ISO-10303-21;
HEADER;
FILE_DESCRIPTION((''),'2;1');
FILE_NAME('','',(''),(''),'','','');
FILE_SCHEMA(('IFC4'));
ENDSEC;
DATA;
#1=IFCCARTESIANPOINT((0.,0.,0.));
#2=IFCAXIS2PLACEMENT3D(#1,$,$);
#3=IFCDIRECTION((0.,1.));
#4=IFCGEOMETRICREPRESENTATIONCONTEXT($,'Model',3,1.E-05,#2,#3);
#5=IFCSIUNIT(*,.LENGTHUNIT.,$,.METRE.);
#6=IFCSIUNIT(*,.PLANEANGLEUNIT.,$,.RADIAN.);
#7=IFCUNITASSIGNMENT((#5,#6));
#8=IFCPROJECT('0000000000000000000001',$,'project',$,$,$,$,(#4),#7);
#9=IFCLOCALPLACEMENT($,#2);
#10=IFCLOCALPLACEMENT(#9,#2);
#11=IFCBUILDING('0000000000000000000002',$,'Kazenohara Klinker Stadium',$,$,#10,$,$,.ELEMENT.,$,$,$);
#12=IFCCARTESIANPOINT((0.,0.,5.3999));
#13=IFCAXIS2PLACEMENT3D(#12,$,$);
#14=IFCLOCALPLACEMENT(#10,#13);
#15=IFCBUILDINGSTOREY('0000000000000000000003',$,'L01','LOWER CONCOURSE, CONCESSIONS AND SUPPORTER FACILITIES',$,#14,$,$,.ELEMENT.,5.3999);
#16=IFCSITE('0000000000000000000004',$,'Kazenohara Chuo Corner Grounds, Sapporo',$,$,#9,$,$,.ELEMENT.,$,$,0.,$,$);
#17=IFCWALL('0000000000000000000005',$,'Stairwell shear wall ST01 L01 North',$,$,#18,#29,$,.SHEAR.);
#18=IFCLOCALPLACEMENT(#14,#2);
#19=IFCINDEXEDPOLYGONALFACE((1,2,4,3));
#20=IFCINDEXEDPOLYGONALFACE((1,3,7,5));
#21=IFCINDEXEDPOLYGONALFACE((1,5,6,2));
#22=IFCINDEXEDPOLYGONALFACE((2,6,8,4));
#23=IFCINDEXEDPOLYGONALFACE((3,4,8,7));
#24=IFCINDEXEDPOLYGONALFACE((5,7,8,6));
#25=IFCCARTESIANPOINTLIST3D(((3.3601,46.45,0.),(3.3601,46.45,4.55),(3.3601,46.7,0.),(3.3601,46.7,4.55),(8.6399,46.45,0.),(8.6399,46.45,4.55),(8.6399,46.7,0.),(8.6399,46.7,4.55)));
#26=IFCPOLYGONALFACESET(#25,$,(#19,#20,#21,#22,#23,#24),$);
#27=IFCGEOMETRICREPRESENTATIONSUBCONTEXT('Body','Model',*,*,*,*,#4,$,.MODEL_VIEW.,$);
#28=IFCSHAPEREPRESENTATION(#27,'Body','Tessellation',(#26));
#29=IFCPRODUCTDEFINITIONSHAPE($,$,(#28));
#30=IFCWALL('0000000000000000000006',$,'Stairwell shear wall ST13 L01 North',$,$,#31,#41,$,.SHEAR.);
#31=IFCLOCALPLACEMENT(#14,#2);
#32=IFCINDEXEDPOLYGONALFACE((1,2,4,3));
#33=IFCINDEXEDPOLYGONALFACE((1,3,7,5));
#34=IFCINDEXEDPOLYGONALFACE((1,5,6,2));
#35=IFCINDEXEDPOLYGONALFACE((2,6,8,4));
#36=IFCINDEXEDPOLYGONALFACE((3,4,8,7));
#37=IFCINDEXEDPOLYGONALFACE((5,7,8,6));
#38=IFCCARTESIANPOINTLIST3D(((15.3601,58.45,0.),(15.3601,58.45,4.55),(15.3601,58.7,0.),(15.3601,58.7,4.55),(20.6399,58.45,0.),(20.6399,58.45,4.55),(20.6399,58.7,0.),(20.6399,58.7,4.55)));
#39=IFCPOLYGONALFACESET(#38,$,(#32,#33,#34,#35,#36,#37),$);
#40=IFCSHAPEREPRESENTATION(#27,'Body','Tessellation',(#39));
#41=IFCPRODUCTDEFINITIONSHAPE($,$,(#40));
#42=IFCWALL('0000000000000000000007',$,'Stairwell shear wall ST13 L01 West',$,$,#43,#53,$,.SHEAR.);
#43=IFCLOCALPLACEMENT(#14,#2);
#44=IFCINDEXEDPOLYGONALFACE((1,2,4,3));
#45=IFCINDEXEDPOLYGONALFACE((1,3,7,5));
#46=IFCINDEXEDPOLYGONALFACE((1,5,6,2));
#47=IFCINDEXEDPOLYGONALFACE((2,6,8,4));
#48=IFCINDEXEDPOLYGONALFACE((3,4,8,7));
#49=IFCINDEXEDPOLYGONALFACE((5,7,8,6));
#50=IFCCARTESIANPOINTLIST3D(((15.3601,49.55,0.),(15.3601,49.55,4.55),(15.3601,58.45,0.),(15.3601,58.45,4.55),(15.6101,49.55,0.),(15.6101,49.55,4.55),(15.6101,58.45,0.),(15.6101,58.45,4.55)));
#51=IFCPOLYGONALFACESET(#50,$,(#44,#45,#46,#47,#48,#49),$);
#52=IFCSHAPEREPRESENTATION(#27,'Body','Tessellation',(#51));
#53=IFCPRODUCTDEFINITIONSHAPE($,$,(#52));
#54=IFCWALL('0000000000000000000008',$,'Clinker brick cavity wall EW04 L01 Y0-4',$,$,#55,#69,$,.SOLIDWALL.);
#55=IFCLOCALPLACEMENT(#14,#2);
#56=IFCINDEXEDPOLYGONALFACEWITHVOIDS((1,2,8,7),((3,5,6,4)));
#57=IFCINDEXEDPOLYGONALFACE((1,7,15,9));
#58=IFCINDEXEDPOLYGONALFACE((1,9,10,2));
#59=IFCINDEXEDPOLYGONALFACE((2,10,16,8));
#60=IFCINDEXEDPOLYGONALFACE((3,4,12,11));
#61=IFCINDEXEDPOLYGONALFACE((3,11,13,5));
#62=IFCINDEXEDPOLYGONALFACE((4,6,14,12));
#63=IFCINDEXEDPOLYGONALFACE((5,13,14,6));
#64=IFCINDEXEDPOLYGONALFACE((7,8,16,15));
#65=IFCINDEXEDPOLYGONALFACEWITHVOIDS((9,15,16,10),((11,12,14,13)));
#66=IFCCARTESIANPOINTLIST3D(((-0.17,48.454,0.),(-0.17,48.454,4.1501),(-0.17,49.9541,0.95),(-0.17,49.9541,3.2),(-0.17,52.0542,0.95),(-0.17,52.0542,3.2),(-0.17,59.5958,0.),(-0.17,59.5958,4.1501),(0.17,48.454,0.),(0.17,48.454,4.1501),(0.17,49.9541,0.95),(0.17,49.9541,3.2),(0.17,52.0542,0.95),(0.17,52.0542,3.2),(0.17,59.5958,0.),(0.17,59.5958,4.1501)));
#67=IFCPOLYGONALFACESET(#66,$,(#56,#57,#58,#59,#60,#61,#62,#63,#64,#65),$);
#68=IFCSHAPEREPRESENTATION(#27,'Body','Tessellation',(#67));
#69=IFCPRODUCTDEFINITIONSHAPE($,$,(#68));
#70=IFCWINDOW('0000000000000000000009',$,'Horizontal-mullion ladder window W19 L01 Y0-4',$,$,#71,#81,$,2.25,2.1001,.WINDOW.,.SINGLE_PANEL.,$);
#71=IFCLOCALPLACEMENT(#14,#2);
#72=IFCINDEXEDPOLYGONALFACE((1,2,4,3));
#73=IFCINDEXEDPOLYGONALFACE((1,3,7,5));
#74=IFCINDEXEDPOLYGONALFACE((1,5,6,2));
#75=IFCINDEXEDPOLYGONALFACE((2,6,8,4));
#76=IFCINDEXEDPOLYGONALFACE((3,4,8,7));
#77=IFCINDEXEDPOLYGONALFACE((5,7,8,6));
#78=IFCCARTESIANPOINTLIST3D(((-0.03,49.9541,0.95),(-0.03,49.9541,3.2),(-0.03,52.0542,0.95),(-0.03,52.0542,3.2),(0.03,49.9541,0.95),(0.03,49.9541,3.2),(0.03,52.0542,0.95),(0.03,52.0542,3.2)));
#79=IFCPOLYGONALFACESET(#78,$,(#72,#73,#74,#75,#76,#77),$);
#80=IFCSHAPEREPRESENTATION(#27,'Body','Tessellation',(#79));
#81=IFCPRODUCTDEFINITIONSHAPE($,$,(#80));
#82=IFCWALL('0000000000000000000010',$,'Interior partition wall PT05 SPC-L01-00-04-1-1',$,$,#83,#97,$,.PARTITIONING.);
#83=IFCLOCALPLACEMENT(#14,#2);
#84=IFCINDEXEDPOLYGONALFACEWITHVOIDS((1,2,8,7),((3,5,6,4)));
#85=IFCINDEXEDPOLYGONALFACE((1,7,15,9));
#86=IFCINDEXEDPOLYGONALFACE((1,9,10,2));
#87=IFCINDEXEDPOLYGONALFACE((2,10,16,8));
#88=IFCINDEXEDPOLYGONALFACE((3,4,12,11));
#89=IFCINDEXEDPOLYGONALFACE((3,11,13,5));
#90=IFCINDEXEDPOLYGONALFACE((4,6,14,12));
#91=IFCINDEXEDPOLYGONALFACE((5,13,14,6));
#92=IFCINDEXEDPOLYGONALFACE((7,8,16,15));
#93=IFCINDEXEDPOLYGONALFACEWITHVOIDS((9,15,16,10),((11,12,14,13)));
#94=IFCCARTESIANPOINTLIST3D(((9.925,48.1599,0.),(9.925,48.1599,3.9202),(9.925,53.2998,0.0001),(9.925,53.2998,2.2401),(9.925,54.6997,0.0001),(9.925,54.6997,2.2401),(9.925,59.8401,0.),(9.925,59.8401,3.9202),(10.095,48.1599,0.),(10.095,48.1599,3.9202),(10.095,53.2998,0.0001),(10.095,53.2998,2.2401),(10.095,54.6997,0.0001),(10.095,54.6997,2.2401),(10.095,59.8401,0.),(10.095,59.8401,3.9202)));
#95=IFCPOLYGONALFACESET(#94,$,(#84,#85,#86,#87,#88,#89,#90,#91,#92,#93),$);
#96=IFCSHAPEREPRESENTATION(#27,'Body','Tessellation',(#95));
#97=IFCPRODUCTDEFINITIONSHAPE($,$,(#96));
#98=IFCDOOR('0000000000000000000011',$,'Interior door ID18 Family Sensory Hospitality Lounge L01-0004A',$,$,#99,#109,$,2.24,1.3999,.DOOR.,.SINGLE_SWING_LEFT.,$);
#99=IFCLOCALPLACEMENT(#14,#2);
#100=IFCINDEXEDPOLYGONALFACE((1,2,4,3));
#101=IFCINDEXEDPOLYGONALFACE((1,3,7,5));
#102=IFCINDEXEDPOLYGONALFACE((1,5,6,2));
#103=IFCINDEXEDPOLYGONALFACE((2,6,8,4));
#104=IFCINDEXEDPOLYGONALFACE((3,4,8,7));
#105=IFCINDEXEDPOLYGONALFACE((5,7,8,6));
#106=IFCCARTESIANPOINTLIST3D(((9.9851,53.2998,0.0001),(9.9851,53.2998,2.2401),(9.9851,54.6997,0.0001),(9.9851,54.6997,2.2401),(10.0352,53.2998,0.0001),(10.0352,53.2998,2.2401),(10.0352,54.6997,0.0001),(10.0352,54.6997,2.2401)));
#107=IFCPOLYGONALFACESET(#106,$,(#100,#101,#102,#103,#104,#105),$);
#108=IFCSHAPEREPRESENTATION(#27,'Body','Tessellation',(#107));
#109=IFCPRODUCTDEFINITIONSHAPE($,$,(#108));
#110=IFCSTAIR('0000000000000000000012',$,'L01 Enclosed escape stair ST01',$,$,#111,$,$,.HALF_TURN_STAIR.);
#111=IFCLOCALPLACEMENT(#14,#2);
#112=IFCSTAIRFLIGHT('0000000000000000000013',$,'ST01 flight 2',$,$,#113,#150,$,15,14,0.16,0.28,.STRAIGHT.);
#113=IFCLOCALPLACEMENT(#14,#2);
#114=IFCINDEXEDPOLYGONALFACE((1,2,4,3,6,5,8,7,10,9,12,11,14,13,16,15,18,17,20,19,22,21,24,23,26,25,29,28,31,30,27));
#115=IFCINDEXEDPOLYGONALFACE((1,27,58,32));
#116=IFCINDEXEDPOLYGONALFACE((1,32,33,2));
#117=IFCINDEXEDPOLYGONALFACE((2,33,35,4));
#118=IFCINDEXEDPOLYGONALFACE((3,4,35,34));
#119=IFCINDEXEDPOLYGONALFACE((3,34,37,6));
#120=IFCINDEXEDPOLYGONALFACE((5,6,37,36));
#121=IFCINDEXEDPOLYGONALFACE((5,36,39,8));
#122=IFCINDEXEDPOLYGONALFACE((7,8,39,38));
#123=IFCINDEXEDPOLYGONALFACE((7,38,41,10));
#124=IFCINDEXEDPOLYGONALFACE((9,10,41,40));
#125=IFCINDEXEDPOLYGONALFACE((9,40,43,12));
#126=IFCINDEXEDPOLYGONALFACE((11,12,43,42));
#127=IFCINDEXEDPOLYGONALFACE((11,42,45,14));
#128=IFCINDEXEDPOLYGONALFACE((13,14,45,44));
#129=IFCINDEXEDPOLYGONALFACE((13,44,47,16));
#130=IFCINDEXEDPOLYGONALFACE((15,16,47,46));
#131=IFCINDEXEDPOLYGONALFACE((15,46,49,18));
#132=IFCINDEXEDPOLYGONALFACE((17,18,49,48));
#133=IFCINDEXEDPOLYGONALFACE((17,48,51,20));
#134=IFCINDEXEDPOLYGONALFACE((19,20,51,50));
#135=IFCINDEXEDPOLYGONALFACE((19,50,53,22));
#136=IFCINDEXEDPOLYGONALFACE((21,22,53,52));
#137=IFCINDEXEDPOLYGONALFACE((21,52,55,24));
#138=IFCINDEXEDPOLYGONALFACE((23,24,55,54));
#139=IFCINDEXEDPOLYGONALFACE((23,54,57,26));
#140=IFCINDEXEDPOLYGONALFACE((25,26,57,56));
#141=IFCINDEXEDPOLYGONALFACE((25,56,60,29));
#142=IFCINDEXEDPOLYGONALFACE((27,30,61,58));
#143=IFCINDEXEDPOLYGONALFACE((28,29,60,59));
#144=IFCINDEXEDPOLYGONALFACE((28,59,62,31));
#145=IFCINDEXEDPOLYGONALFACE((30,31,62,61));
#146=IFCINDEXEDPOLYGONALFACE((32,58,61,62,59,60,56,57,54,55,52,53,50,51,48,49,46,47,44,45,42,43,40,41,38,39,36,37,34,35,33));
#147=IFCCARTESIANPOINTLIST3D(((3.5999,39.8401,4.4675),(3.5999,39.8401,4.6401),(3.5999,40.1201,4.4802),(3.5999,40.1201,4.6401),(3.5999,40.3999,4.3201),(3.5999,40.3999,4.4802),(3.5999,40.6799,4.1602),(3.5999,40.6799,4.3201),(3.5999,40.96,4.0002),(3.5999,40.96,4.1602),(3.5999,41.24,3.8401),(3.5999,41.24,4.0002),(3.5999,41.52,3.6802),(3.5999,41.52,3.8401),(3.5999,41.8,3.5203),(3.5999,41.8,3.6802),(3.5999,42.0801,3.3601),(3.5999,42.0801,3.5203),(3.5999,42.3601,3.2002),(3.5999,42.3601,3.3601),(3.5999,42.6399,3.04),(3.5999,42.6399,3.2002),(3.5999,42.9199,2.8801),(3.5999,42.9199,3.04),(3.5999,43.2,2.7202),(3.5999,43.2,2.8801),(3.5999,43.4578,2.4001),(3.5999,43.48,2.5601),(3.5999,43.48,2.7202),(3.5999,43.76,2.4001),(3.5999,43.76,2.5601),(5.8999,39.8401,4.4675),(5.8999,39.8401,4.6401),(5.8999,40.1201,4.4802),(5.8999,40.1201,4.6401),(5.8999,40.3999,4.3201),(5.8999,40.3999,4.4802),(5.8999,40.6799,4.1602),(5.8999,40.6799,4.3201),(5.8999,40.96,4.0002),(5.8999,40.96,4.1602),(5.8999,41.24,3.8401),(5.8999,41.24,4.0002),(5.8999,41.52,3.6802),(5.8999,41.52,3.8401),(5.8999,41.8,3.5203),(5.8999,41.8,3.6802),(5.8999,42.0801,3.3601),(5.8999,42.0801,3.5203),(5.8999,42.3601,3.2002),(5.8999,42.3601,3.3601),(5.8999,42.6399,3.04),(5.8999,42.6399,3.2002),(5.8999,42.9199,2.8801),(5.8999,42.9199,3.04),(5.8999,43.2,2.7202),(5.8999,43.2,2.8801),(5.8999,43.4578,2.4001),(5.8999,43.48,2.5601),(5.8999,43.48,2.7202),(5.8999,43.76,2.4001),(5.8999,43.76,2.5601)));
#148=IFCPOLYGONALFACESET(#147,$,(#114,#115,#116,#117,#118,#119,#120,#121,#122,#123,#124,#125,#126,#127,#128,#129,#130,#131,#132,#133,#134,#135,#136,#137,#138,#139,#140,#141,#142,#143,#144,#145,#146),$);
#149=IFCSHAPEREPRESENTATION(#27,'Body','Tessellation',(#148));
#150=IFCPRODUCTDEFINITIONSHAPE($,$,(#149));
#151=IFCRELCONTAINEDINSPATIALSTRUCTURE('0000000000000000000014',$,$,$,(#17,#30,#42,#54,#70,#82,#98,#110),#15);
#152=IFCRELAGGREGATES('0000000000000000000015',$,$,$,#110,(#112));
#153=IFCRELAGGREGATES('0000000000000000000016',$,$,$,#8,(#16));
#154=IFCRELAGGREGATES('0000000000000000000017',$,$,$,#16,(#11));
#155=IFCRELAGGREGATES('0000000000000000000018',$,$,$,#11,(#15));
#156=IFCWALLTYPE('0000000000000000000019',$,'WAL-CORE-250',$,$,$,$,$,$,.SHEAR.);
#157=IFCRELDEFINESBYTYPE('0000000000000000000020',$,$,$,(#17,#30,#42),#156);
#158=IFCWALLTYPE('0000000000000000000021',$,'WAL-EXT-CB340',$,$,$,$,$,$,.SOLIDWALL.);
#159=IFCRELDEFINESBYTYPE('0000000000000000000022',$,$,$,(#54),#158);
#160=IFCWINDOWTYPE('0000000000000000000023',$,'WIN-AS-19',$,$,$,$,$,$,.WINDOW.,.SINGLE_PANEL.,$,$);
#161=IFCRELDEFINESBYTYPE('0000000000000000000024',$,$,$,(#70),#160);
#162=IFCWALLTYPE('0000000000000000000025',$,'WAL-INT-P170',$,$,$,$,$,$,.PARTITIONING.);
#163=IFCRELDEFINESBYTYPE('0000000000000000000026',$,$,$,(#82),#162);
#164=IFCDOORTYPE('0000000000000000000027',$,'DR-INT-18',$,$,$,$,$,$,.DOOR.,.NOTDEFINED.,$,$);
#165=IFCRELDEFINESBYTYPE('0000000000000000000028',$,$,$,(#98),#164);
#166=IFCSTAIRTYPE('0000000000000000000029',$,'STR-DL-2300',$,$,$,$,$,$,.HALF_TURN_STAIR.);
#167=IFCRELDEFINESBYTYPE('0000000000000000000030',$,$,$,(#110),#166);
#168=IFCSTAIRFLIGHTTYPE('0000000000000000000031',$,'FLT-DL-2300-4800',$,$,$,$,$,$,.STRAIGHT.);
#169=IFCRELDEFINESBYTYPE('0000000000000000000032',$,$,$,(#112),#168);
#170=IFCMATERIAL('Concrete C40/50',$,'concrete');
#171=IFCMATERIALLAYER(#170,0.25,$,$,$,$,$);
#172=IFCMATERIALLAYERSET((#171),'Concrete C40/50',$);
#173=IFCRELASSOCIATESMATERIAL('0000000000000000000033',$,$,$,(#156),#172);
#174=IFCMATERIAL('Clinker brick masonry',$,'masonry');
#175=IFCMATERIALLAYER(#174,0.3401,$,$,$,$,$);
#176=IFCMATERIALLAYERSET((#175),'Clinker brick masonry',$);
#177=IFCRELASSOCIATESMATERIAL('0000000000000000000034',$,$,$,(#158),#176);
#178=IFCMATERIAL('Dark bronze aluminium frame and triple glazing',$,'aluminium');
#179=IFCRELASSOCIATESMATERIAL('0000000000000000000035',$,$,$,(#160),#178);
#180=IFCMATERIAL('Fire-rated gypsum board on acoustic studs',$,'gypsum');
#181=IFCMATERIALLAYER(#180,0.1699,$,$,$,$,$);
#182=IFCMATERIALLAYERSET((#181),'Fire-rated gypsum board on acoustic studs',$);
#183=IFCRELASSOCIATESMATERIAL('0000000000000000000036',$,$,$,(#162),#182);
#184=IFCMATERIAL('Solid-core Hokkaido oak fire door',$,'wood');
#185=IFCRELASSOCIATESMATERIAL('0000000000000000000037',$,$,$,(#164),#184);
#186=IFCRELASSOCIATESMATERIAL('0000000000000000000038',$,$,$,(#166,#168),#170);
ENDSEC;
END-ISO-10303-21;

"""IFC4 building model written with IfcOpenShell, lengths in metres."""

from ifc_helpers import new_model, si_unit, direction, frame, frame_2d, origin, place, context, subcontext, project, spatial, polyline, rectangle, outline, extrude, material, layer, layer_set, type_object, element, fill, aggregate, save


model = new_model("IFC4")

# Units and contexts
model_context = context("Model", 3, precision=1e-05, world=origin(), true_north=direction((0.0, 1.0)))
body_context = subcontext(model_context, "Body", "Model", "MODEL_VIEW")
ifc_project = project(units=[si_unit("LENGTHUNIT", "METRE"), si_unit("PLANEANGLEUNIT", "RADIAN")], contexts=[model_context])

# Site, building, storey
site_placement = place(None, origin())
site = spatial("IfcSite", under=ifc_project, at=site_placement, Name="Kazenohara Chuo Corner Grounds, Sapporo", CompositionType="ELEMENT", RefElevation=0.0)
building_placement = place(site_placement, origin())
building = spatial("IfcBuilding", under=site, at=building_placement, Name="Kazenohara Klinker Stadium", CompositionType="ELEMENT")
storey_placement = place(building_placement, frame((0.0, 0.0, 5.3999)))
storey = spatial("IfcBuildingStorey", under=building, at=storey_placement, Name="L01", Description="LOWER CONCOURSE, CONCESSIONS AND SUPPORTER FACILITIES", CompositionType="ELEMENT", Elevation=5.3999)

# Shared definitions
ifc_material_1 = material(Name="Concrete C40/50", Category="concrete")

# Wall
ifc_layer_1 = layer(ifc_material_1, 0.25)
ifc_layer_set_1 = layer_set([ifc_layer_1], Name="Concrete C40/50")
wall_type_1 = type_object("IfcWallType", Name="WAL-CORE-250", PredefinedType="SHEAR", material=ifc_layer_set_1)
wall_1_placement = place(storey_placement, frame((3.3601, 46.575, 0.0), z_axis=(0.0, 0.0, 1.0), x_axis=(1.0, 0.0, 0.0)))
element("IfcWall", 1, at=wall_1_placement, inside=storey, type_object=wall_type_1, Name="Stairwell shear wall ST01 L01 North", PredefinedType="SHEAR", context=body_context, shape_type="SweptSolid", body=[
    extrude(rectangle(XDim=5.2798, YDim=0.25, at=frame_2d((2.6399, 0.0))), origin(), (0.0, 0.0, 1.0), 4.55),
])

# Walls
wall_2_placement = place(storey_placement, frame((15.3601, 58.575, 0.0), z_axis=(0.0, 0.0, 1.0), x_axis=(1.0, 0.0, 0.0)))
element("IfcWall", 2, at=wall_2_placement, inside=storey, type_object=wall_type_1, Name="Stairwell shear wall ST13 L01 North", PredefinedType="SHEAR", context=body_context, shape_type="SweptSolid", body=[
    extrude(rectangle(XDim=5.2798, YDim=0.25, at=frame_2d((2.6399, 0.0))), origin(), (0.0, 0.0, 1.0), 4.55),
])
wall_3_placement = place(storey_placement, frame((15.4851, 49.55, 0.0), z_axis=(0.0, 0.0, 1.0), x_axis=(0.0, 1.0, 0.0)))
element("IfcWall", 3, at=wall_3_placement, inside=storey, type_object=wall_type_1, Name="Stairwell shear wall ST13 L01 West", PredefinedType="SHEAR", context=body_context, shape_type="SweptSolid", body=[
    extrude(rectangle(XDim=8.8999, YDim=0.25, at=frame_2d((4.45, 0.0))), origin(), (0.0, 0.0, 1.0), 4.55),
])

# Wall, opening, window
ifc_material_2 = material(Name="Clinker brick masonry", Category="masonry")
ifc_layer_2 = layer(ifc_material_2, 0.3401)
ifc_layer_set_2 = layer_set([ifc_layer_2], Name="Clinker brick masonry")
wall_type_2 = type_object("IfcWallType", Name="WAL-EXT-CB340", PredefinedType="SOLIDWALL", material=ifc_layer_set_2)
wall_4_placement = place(storey_placement, frame((0.0, 48.4541, 0.0), z_axis=(0.0, 0.0, 1.0), x_axis=(0.0, 1.0, 0.0)))
wall_4 = element("IfcWall", 4, at=wall_4_placement, inside=storey, type_object=wall_type_2, Name="Clinker brick cavity wall EW04 L01 Y0-4", PredefinedType="SOLIDWALL", context=body_context, shape_type="SweptSolid", body=[
    extrude(rectangle(XDim=11.1418, YDim=0.3401, at=frame_2d((5.5708, 0.0))), origin(), (0.0, 0.0, 1.0), 4.1501),
])
opening_1_placement = place(wall_4_placement, frame((1.5, 0.0, 0.95)))
opening_1 = element("IfcOpeningElement", 5, at=opening_1_placement, cuts=wall_4, PredefinedType="OPENING", context=body_context, shape_type="SweptSolid", body=[
    extrude(rectangle(XDim=2.1001, YDim=2.25, at=frame_2d((1.05, 1.125))), frame((0.0, 0.1802, 0.0), z_axis=(0.0, -1.0, 0.0), x_axis=(1.0, 0.0, 0.0)), (0.0, 0.0, 1.0), 0.3601),
])
ifc_material_3 = material(Name="Dark bronze aluminium frame and triple glazing", Category="aluminium")
window_type = type_object("IfcWindowType", Name="WIN-AS-19", PartitioningType="SINGLE_PANEL", PredefinedType="WINDOW", material=ifc_material_3)
window_placement = place(opening_1_placement, origin())
window = element("IfcWindow", 6, at=window_placement, inside=storey, type_object=window_type, Name="Horizontal-mullion ladder window W19 L01 Y0-4", OverallHeight=2.25, OverallWidth=2.1001, PartitioningType="SINGLE_PANEL", PredefinedType="WINDOW", context=body_context, shape_type="SweptSolid", body=[
    extrude(rectangle(XDim=2.1001, YDim=2.25, at=frame_2d((1.05, 1.125))), frame((0.0, 0.03, 0.0), z_axis=(0.0, -1.0, 0.0), x_axis=(1.0, 0.0, 0.0)), (0.0, 0.0, 1.0), 0.0601),
])
fill(opening_1, window)

# Wall, opening, door
ifc_material_4 = material(Name="Fire-rated gypsum board on acoustic studs", Category="gypsum")
ifc_layer_3 = layer(ifc_material_4, 0.1699)
ifc_layer_set_3 = layer_set([ifc_layer_3], Name="Fire-rated gypsum board on acoustic studs")
wall_type_3 = type_object("IfcWallType", Name="WAL-INT-P170", PredefinedType="PARTITIONING", material=ifc_layer_set_3)
wall_5_placement = place(storey_placement, frame((10.01, 48.1599, 0.0), z_axis=(0.0, 0.0, 1.0), x_axis=(0.0, 1.0, 0.0)))
wall_5 = element("IfcWall", 7, at=wall_5_placement, inside=storey, type_object=wall_type_3, Name="Interior partition wall PT05 SPC-L01-00-04-1-1", PredefinedType="PARTITIONING", context=body_context, shape_type="SweptSolid", body=[
    extrude(rectangle(XDim=11.6802, YDim=0.1699, at=frame_2d((5.8401, 0.0))), origin(), (0.0, 0.0, 1.0), 3.9202),
])
opening_2_placement = place(wall_5_placement, frame((5.1399, 0.0, 0.0)))
opening_2 = element("IfcOpeningElement", 8, at=opening_2_placement, cuts=wall_5, PredefinedType="OPENING", context=body_context, shape_type="SweptSolid", body=[
    extrude(rectangle(XDim=1.3999, YDim=2.24, at=frame_2d((0.7, 1.1201))), frame((0.0, 0.095, 0.0), z_axis=(0.0, -1.0, 0.0), x_axis=(1.0, 0.0, 0.0)), (0.0, 0.0, 1.0), 0.1899),
])
ifc_material_5 = material(Name="Solid-core Hokkaido oak fire door", Category="wood")
door_type_1 = type_object("IfcDoorType", Name="DR-INT-18", OperationType="NOTDEFINED", PredefinedType="DOOR", material=ifc_material_5)
door_1_placement = place(opening_2_placement, origin())
door_1 = element("IfcDoor", 9, at=door_1_placement, inside=storey, type_object=door_type_1, Name="Interior door ID18 Family Sensory Hospitality Lounge L01-0004A", OperationType="SINGLE_SWING_LEFT", OverallHeight=2.24, OverallWidth=1.3999, PredefinedType="DOOR", context=body_context, shape_type="SweptSolid", body=[
    extrude(rectangle(XDim=1.3999, YDim=2.24, at=frame_2d((0.7, 1.1201))), frame((0.0, 0.0249, 0.0), z_axis=(0.0, -1.0, 0.0), x_axis=(1.0, 0.0, 0.0)), (0.0, 0.0, 1.0), 0.05),
])
fill(opening_2, door_1)

# Stair, stair flight
stair_type = type_object("IfcStairType", Name="STR-DL-2300", PredefinedType="HALF_TURN_STAIR", material=ifc_material_1)
stair_placement = place(storey_placement, origin())
stair = element("IfcStair", 10, at=stair_placement, inside=storey, type_object=stair_type, Name="L01 Enclosed escape stair ST01", PredefinedType="HALF_TURN_STAIR")
stair_flight_type = type_object("IfcStairFlightType", Name="FLT-DL-2300-4800", PredefinedType="STRAIGHT", material=ifc_material_1)
stair_flight_placement = place(storey_placement, frame((4.75, 43.76, 2.4001), z_axis=(0.0, 0.0, 1.0), x_axis=(0.0, -1.0, 0.0)))
stair_flight = element("IfcStairFlight", 11, at=stair_flight_placement, type_object=stair_flight_type, Name="ST01 flight 2", NumberOfRisers=15, NumberOfTreads=14, PredefinedType="STRAIGHT", RiserHeight=0.16, TreadLength=0.28, context=body_context, shape_type="SweptSolid", body=[
    extrude(outline(polyline([(0.0, 0.0), (0.0, 0.1599), (0.28, 0.1599), (0.28, 0.3201), (0.5601, 0.3201), (0.5601, 0.48), (0.8401, 0.48), (0.8401, 0.6399), (1.1201, 0.6399), (1.1201, 0.8), (1.3999, 0.8), (1.3999, 0.96), (1.6799, 0.96), (1.6799, 1.1201), (1.96, 1.1201), (1.96, 1.28), (2.24, 1.28), (2.24, 1.4399), (2.52, 1.4399), (2.52, 1.6001), (2.8, 1.6001), (2.8, 1.76), (3.0801, 1.76), (3.0801, 1.9199), (3.3601, 1.9199), (3.3601, 2.0801), (3.6399, 2.0801), (3.6399, 2.24), (3.9199, 2.24), (3.9199, 2.3999), (3.9199, 2.0674), (0.3022, 0.0), (0.0, 0.0)])), frame((0.0, 1.1499, 0.0), z_axis=(0.0, -1.0, 0.0), x_axis=(1.0, 0.0, 0.0)), (0.0, 0.0, 1.0), 2.3),
])
aggregate(stair, [stair_flight])

save(model, "model.ifc")
